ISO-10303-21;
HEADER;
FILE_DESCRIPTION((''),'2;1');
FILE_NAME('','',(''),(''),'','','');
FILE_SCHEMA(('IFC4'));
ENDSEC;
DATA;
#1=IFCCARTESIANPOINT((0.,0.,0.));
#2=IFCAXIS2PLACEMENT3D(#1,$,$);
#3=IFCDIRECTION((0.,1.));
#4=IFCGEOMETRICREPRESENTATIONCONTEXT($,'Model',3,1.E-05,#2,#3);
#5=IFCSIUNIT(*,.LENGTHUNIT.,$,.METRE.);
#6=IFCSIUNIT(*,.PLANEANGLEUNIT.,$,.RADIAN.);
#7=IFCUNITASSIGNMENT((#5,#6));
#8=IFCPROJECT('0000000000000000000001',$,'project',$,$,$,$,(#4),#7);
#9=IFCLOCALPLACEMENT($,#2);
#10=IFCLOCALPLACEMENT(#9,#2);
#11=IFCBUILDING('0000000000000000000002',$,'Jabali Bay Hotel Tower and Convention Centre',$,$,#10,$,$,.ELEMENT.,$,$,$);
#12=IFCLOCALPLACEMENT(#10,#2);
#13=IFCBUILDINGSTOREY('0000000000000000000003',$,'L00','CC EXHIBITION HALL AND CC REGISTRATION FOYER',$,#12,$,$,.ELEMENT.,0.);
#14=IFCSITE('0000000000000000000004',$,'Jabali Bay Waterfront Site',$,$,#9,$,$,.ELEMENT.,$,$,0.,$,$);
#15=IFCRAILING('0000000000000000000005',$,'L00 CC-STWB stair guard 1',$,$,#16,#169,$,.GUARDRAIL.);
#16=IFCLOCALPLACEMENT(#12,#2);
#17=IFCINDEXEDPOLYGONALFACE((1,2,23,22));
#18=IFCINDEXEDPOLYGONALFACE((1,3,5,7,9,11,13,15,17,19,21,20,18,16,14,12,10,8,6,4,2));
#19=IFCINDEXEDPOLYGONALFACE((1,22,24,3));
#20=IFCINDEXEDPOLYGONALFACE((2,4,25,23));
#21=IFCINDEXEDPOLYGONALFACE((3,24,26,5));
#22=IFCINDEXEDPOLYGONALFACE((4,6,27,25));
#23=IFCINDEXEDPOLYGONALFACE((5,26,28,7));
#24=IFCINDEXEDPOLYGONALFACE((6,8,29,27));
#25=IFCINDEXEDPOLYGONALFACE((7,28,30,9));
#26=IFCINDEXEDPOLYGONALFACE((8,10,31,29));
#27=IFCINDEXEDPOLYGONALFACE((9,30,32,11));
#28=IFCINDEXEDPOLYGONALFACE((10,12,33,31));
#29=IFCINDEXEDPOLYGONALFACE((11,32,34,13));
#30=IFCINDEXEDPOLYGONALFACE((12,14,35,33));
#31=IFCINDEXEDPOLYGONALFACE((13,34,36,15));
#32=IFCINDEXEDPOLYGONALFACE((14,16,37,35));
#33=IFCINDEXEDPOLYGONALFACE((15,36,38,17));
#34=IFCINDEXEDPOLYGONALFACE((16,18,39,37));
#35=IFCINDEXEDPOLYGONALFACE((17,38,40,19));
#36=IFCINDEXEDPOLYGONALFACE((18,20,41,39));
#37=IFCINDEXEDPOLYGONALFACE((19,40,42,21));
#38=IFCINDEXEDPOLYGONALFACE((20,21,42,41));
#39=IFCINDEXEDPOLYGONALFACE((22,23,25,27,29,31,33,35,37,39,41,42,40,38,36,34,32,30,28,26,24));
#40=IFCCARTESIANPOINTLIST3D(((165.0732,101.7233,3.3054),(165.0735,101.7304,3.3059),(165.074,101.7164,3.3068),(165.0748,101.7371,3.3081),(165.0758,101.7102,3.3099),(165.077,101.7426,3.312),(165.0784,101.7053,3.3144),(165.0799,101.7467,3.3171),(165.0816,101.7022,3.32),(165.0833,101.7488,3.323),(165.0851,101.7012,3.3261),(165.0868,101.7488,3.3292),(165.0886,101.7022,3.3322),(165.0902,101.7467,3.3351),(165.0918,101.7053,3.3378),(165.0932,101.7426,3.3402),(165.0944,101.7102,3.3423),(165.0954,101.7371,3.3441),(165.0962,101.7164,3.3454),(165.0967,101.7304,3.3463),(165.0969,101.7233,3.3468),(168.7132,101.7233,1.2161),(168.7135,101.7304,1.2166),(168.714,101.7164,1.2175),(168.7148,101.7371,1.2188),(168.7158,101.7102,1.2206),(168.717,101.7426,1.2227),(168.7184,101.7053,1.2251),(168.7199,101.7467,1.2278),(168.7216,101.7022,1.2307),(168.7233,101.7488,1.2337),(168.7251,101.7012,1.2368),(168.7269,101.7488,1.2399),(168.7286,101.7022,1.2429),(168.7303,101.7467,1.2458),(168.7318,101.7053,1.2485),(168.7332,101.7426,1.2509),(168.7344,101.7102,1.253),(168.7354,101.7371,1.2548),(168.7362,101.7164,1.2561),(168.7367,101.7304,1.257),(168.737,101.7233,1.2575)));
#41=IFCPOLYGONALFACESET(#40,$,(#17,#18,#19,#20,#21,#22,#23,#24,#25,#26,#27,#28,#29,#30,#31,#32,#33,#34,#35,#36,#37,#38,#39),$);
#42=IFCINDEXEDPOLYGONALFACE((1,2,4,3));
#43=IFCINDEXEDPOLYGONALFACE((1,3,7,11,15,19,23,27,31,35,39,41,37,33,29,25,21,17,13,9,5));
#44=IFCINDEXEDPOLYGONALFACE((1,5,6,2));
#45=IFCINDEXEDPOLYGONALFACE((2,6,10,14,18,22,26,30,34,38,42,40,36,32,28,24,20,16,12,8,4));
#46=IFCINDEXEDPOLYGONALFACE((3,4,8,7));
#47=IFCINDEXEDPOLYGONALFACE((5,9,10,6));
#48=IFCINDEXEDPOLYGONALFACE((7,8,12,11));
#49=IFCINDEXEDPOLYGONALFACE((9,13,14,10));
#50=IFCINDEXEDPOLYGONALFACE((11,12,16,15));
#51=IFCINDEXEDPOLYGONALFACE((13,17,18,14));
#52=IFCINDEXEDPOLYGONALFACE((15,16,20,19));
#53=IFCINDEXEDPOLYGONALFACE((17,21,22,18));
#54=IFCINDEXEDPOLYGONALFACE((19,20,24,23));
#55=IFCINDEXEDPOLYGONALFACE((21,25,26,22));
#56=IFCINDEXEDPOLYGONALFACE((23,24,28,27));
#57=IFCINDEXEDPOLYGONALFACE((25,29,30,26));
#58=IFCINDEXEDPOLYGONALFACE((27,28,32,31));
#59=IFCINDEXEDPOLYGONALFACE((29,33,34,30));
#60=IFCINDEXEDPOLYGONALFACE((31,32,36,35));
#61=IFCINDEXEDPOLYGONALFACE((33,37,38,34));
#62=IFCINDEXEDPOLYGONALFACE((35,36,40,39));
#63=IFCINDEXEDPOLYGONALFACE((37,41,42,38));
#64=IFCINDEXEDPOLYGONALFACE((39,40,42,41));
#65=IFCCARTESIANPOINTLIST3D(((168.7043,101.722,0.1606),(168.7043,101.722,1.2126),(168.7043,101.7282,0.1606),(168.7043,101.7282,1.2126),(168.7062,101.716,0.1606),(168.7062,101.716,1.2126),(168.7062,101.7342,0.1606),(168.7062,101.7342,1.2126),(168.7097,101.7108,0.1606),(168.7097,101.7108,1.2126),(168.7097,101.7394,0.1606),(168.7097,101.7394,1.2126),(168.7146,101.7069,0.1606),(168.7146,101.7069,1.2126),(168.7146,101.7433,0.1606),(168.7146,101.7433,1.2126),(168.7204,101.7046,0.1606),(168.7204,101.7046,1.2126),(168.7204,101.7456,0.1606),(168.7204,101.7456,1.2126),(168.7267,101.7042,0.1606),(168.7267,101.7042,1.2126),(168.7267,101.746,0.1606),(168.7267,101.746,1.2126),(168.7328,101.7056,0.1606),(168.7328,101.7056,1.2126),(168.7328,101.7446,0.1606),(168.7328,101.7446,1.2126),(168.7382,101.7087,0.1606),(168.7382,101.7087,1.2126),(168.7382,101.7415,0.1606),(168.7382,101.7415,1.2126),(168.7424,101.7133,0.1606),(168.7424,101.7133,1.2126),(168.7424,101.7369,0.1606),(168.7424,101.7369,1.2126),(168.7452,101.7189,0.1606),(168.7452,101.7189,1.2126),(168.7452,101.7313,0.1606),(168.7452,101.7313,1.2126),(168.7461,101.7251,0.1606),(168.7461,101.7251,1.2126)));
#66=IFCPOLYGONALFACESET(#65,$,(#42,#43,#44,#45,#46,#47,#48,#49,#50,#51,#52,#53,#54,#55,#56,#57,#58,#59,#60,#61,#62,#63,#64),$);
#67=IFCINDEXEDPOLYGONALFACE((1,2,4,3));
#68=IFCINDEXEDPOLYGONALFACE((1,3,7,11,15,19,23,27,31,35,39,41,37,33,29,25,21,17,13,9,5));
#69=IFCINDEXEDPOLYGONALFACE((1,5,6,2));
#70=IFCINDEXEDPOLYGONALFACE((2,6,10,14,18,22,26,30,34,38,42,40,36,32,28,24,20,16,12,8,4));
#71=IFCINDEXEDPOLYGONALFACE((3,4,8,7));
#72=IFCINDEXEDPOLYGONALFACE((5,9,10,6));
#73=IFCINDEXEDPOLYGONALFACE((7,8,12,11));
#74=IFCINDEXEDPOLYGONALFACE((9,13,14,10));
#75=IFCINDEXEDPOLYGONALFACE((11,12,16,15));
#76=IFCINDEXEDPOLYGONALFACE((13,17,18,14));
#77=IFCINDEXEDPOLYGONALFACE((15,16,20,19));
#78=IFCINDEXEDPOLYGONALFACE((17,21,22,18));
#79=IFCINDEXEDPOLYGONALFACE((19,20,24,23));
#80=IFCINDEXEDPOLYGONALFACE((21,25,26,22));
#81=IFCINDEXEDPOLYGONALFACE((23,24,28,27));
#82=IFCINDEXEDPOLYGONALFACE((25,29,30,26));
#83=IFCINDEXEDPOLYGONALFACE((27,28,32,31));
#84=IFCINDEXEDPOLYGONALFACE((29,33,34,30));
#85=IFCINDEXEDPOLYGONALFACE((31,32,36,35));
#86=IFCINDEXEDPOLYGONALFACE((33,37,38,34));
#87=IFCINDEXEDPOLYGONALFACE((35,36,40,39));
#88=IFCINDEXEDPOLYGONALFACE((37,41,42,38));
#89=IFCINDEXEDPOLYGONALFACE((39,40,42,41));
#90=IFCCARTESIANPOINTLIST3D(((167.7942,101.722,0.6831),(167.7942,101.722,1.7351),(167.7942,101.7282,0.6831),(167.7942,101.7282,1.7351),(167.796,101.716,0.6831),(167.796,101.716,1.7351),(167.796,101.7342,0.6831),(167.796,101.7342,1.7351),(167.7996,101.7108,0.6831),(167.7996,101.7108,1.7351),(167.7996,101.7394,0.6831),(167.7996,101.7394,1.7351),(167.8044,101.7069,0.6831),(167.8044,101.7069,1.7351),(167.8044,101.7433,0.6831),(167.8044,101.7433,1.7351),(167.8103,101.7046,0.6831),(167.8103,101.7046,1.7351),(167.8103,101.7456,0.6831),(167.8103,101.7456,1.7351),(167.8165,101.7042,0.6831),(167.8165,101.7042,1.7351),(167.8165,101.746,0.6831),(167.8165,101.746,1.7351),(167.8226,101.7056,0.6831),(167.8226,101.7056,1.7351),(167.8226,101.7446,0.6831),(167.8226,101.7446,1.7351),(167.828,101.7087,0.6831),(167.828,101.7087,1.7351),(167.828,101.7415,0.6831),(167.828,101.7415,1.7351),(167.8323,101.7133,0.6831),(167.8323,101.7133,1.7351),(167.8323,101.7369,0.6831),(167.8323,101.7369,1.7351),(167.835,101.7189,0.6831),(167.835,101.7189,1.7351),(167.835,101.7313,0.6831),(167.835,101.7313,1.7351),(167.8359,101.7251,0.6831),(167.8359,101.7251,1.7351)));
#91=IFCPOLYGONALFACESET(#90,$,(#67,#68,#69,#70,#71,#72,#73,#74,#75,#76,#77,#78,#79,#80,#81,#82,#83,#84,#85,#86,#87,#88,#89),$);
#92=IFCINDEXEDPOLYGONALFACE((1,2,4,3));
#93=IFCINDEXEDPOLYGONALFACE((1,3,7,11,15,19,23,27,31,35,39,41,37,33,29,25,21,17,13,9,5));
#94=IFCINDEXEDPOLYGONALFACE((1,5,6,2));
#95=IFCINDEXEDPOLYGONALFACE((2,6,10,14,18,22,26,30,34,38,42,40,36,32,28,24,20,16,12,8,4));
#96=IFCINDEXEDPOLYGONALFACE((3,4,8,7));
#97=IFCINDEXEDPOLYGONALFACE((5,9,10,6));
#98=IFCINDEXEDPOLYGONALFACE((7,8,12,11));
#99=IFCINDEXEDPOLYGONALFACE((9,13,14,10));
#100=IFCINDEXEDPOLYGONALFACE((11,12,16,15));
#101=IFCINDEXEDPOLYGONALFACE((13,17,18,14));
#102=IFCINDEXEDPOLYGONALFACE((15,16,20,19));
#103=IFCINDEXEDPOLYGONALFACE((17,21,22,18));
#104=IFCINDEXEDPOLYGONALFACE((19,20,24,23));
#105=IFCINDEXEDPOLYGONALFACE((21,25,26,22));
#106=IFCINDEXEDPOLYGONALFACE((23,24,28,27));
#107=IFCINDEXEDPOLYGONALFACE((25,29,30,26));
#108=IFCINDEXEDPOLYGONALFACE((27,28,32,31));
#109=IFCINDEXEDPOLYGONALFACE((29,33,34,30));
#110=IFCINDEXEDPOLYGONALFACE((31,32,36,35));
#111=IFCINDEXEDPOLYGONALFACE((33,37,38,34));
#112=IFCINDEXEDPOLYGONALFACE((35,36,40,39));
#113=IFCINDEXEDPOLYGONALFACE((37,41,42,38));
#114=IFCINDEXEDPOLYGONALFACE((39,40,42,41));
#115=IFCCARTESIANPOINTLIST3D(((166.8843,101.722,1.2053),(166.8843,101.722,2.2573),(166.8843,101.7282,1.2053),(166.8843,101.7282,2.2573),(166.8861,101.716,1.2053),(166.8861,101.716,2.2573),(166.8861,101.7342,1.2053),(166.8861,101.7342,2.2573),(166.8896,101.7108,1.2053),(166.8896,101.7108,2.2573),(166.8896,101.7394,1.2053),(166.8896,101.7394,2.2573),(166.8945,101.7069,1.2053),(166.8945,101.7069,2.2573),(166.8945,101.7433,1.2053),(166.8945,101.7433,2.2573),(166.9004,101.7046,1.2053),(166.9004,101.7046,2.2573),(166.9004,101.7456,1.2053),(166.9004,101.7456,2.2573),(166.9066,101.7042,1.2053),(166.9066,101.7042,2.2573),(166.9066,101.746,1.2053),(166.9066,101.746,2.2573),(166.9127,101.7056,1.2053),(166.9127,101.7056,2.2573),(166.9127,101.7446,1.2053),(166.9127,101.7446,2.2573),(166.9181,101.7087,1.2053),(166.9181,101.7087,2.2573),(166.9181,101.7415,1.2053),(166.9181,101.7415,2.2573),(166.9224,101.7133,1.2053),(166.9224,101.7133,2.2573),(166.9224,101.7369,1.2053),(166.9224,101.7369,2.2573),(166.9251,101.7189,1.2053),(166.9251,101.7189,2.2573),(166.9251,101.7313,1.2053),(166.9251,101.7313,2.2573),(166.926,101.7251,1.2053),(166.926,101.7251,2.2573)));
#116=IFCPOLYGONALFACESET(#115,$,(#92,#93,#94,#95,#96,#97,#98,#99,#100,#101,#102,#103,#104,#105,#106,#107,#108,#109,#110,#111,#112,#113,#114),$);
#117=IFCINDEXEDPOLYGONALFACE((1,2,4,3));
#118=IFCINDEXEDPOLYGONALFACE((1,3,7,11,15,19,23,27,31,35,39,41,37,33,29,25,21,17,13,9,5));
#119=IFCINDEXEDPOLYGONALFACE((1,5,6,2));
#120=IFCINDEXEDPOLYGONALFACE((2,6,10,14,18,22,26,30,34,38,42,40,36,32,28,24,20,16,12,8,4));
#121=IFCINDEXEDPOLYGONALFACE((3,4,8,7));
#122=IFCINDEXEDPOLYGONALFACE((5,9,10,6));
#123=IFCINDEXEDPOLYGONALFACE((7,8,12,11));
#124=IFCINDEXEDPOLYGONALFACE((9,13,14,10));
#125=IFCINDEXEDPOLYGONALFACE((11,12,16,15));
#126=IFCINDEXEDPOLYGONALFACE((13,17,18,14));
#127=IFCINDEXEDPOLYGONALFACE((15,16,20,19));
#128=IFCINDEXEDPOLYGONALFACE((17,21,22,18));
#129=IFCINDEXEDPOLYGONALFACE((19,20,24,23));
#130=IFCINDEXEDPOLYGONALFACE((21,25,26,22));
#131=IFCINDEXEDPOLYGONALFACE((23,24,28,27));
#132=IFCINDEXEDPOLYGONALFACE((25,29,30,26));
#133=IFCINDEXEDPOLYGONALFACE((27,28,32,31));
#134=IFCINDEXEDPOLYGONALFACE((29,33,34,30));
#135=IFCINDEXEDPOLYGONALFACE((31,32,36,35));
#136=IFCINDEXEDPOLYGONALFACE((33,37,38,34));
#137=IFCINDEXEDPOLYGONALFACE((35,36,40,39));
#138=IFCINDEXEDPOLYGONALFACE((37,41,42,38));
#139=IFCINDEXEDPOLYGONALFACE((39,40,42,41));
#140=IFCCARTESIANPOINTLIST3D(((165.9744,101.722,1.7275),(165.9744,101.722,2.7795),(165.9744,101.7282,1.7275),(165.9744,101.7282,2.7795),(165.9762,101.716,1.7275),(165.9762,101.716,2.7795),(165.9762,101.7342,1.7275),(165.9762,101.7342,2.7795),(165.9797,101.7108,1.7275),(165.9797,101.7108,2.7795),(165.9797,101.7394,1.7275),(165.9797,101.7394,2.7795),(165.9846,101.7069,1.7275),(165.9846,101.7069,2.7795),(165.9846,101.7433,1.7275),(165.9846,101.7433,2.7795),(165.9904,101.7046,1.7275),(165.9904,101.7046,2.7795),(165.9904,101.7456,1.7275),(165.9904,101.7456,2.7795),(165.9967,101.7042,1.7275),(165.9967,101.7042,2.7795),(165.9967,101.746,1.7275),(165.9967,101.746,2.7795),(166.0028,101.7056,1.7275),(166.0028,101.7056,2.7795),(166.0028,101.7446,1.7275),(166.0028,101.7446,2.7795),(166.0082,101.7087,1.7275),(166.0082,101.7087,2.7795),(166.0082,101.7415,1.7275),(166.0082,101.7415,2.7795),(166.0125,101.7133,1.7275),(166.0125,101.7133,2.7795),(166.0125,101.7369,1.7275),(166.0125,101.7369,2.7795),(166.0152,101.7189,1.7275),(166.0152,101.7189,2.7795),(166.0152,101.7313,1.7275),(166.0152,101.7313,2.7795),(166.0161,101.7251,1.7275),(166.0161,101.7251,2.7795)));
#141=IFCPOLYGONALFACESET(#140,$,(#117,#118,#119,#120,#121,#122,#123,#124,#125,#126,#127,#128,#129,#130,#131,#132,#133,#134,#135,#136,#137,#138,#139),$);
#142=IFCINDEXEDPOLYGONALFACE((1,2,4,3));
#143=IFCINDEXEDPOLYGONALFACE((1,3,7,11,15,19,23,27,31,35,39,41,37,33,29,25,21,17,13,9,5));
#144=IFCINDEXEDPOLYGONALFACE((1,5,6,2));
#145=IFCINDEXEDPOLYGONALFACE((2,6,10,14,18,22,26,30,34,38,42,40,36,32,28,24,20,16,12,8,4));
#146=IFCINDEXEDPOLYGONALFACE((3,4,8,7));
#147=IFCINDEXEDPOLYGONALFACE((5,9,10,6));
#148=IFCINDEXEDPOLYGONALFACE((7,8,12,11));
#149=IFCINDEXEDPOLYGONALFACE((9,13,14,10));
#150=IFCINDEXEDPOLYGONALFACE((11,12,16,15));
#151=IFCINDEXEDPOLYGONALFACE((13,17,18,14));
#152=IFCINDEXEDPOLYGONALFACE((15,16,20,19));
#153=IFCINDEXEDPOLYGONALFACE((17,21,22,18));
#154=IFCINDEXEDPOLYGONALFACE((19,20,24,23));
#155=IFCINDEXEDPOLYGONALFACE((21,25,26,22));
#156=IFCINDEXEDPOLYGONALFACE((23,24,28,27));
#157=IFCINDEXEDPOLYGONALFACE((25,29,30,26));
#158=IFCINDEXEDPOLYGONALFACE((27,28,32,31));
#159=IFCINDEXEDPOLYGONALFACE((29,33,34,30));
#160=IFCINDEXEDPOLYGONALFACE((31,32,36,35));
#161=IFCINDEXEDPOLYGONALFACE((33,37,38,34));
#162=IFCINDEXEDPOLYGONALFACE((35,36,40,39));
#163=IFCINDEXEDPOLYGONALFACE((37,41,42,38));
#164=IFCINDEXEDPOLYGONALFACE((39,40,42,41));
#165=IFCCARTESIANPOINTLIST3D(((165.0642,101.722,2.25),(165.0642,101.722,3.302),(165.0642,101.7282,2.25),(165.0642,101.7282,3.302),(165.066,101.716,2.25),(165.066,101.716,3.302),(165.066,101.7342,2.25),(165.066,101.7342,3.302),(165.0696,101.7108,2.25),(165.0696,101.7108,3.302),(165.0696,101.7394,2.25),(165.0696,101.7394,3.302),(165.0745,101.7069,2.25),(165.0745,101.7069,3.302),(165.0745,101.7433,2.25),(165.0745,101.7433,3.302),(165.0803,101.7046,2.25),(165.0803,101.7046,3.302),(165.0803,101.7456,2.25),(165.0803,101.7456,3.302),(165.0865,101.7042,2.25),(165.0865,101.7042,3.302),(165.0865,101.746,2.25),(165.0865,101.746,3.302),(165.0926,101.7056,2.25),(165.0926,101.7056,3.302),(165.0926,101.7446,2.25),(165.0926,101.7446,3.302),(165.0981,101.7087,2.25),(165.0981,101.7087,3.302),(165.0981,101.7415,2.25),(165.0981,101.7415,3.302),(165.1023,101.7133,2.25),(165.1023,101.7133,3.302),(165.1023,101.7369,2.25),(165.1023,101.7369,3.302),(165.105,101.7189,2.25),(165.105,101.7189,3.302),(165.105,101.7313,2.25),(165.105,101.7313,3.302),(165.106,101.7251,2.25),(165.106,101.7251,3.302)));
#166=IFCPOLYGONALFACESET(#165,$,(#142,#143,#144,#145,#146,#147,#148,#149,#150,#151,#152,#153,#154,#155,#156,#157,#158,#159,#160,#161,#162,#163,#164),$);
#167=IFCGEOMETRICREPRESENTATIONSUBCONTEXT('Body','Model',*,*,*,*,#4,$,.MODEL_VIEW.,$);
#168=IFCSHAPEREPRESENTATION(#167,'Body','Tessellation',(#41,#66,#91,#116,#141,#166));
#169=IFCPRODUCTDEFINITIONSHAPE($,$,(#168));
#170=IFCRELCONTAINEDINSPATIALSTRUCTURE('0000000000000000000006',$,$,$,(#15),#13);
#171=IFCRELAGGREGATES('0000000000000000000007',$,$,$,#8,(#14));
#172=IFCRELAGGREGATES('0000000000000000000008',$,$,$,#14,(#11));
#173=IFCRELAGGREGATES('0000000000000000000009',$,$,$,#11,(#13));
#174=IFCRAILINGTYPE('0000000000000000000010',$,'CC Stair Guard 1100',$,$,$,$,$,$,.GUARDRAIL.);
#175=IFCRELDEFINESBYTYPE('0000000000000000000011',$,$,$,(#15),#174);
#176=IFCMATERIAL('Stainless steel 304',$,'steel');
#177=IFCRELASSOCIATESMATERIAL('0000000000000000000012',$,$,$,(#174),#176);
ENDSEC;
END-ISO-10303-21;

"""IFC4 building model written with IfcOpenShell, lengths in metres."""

from ifc_helpers import new_model, si_unit, direction, frame, origin, origin_2d, place, context, subcontext, project, spatial, circle, extrude, material, type_object, element, save


model = new_model("IFC4")

# Units and contexts
model_context = context("Model", 3, precision=1e-05, world=origin(), true_north=direction((0.0, 1.0)))
body_context = subcontext(model_context, "Body", "Model", "MODEL_VIEW")
ifc_project = project(units=[si_unit("LENGTHUNIT", "METRE"), si_unit("PLANEANGLEUNIT", "RADIAN")], contexts=[model_context])

# Site, building, storey
site_placement = place(None, origin())
site = spatial("IfcSite", under=ifc_project, at=site_placement, Name="Jabali Bay Waterfront Site", CompositionType="ELEMENT", RefElevation=0.0)
building_placement = place(site_placement, origin())
building = spatial("IfcBuilding", under=site, at=building_placement, Name="Jabali Bay Hotel Tower and Convention Centre", CompositionType="ELEMENT")
storey_placement = place(building_placement, origin())
storey = spatial("IfcBuildingStorey", under=building, at=storey_placement, Name="L00", Description="CC EXHIBITION HALL AND CC REGISTRATION FOYER", CompositionType="ELEMENT", Elevation=0.0)

# Railing
ifc_material_1 = material(Name="Stainless steel 304", Category="steel")
railing_type_1 = type_object("IfcRailingType", Name="CC Stair Guard 1100", PredefinedType="GUARDRAIL", material=ifc_material_1)
for number, where, name in (
    (1, (168.7251, 101.7251, 0.1606), "L00 CC-STWB stair guard 1"),
):
    element("IfcRailing", number, at=place(storey_placement, frame(where)), inside=storey, type_object=railing_type_1, Name=name, PredefinedType="GUARDRAIL", context=body_context, shape_type="SweptSolid", body=[
        extrude(circle(Radius=0.0239, at=origin_2d()), frame((0.0, 0.0, 1.0762), z_axis=(-0.867289, 0.0, 0.497804), x_axis=(0.0, -1.0, 0.0)), (0.0, 0.0, 1.0), 4.197),
        extrude(circle(Radius=0.021, at=origin_2d()), origin(), (0.0, 0.0, 1.0), 1.052),
        extrude(circle(Radius=0.021, at=origin_2d()), frame((-0.9102, 0.0, 0.5225)), (0.0, 0.0, 1.0), 1.052),
        extrude(circle(Radius=0.021, at=origin_2d()), frame((-1.8201, 0.0, 1.0447)), (0.0, 0.0, 1.0), 1.052),
        extrude(circle(Radius=0.021, at=origin_2d()), frame((-2.73, 0.0, 1.5669)), (0.0, 0.0, 1.0), 1.052),
        extrude(circle(Radius=0.021, at=origin_2d()), frame((-3.6401, 0.0, 2.0894)), (0.0, 0.0, 1.0), 1.052),
    ])

save(model, "model.ifc")
